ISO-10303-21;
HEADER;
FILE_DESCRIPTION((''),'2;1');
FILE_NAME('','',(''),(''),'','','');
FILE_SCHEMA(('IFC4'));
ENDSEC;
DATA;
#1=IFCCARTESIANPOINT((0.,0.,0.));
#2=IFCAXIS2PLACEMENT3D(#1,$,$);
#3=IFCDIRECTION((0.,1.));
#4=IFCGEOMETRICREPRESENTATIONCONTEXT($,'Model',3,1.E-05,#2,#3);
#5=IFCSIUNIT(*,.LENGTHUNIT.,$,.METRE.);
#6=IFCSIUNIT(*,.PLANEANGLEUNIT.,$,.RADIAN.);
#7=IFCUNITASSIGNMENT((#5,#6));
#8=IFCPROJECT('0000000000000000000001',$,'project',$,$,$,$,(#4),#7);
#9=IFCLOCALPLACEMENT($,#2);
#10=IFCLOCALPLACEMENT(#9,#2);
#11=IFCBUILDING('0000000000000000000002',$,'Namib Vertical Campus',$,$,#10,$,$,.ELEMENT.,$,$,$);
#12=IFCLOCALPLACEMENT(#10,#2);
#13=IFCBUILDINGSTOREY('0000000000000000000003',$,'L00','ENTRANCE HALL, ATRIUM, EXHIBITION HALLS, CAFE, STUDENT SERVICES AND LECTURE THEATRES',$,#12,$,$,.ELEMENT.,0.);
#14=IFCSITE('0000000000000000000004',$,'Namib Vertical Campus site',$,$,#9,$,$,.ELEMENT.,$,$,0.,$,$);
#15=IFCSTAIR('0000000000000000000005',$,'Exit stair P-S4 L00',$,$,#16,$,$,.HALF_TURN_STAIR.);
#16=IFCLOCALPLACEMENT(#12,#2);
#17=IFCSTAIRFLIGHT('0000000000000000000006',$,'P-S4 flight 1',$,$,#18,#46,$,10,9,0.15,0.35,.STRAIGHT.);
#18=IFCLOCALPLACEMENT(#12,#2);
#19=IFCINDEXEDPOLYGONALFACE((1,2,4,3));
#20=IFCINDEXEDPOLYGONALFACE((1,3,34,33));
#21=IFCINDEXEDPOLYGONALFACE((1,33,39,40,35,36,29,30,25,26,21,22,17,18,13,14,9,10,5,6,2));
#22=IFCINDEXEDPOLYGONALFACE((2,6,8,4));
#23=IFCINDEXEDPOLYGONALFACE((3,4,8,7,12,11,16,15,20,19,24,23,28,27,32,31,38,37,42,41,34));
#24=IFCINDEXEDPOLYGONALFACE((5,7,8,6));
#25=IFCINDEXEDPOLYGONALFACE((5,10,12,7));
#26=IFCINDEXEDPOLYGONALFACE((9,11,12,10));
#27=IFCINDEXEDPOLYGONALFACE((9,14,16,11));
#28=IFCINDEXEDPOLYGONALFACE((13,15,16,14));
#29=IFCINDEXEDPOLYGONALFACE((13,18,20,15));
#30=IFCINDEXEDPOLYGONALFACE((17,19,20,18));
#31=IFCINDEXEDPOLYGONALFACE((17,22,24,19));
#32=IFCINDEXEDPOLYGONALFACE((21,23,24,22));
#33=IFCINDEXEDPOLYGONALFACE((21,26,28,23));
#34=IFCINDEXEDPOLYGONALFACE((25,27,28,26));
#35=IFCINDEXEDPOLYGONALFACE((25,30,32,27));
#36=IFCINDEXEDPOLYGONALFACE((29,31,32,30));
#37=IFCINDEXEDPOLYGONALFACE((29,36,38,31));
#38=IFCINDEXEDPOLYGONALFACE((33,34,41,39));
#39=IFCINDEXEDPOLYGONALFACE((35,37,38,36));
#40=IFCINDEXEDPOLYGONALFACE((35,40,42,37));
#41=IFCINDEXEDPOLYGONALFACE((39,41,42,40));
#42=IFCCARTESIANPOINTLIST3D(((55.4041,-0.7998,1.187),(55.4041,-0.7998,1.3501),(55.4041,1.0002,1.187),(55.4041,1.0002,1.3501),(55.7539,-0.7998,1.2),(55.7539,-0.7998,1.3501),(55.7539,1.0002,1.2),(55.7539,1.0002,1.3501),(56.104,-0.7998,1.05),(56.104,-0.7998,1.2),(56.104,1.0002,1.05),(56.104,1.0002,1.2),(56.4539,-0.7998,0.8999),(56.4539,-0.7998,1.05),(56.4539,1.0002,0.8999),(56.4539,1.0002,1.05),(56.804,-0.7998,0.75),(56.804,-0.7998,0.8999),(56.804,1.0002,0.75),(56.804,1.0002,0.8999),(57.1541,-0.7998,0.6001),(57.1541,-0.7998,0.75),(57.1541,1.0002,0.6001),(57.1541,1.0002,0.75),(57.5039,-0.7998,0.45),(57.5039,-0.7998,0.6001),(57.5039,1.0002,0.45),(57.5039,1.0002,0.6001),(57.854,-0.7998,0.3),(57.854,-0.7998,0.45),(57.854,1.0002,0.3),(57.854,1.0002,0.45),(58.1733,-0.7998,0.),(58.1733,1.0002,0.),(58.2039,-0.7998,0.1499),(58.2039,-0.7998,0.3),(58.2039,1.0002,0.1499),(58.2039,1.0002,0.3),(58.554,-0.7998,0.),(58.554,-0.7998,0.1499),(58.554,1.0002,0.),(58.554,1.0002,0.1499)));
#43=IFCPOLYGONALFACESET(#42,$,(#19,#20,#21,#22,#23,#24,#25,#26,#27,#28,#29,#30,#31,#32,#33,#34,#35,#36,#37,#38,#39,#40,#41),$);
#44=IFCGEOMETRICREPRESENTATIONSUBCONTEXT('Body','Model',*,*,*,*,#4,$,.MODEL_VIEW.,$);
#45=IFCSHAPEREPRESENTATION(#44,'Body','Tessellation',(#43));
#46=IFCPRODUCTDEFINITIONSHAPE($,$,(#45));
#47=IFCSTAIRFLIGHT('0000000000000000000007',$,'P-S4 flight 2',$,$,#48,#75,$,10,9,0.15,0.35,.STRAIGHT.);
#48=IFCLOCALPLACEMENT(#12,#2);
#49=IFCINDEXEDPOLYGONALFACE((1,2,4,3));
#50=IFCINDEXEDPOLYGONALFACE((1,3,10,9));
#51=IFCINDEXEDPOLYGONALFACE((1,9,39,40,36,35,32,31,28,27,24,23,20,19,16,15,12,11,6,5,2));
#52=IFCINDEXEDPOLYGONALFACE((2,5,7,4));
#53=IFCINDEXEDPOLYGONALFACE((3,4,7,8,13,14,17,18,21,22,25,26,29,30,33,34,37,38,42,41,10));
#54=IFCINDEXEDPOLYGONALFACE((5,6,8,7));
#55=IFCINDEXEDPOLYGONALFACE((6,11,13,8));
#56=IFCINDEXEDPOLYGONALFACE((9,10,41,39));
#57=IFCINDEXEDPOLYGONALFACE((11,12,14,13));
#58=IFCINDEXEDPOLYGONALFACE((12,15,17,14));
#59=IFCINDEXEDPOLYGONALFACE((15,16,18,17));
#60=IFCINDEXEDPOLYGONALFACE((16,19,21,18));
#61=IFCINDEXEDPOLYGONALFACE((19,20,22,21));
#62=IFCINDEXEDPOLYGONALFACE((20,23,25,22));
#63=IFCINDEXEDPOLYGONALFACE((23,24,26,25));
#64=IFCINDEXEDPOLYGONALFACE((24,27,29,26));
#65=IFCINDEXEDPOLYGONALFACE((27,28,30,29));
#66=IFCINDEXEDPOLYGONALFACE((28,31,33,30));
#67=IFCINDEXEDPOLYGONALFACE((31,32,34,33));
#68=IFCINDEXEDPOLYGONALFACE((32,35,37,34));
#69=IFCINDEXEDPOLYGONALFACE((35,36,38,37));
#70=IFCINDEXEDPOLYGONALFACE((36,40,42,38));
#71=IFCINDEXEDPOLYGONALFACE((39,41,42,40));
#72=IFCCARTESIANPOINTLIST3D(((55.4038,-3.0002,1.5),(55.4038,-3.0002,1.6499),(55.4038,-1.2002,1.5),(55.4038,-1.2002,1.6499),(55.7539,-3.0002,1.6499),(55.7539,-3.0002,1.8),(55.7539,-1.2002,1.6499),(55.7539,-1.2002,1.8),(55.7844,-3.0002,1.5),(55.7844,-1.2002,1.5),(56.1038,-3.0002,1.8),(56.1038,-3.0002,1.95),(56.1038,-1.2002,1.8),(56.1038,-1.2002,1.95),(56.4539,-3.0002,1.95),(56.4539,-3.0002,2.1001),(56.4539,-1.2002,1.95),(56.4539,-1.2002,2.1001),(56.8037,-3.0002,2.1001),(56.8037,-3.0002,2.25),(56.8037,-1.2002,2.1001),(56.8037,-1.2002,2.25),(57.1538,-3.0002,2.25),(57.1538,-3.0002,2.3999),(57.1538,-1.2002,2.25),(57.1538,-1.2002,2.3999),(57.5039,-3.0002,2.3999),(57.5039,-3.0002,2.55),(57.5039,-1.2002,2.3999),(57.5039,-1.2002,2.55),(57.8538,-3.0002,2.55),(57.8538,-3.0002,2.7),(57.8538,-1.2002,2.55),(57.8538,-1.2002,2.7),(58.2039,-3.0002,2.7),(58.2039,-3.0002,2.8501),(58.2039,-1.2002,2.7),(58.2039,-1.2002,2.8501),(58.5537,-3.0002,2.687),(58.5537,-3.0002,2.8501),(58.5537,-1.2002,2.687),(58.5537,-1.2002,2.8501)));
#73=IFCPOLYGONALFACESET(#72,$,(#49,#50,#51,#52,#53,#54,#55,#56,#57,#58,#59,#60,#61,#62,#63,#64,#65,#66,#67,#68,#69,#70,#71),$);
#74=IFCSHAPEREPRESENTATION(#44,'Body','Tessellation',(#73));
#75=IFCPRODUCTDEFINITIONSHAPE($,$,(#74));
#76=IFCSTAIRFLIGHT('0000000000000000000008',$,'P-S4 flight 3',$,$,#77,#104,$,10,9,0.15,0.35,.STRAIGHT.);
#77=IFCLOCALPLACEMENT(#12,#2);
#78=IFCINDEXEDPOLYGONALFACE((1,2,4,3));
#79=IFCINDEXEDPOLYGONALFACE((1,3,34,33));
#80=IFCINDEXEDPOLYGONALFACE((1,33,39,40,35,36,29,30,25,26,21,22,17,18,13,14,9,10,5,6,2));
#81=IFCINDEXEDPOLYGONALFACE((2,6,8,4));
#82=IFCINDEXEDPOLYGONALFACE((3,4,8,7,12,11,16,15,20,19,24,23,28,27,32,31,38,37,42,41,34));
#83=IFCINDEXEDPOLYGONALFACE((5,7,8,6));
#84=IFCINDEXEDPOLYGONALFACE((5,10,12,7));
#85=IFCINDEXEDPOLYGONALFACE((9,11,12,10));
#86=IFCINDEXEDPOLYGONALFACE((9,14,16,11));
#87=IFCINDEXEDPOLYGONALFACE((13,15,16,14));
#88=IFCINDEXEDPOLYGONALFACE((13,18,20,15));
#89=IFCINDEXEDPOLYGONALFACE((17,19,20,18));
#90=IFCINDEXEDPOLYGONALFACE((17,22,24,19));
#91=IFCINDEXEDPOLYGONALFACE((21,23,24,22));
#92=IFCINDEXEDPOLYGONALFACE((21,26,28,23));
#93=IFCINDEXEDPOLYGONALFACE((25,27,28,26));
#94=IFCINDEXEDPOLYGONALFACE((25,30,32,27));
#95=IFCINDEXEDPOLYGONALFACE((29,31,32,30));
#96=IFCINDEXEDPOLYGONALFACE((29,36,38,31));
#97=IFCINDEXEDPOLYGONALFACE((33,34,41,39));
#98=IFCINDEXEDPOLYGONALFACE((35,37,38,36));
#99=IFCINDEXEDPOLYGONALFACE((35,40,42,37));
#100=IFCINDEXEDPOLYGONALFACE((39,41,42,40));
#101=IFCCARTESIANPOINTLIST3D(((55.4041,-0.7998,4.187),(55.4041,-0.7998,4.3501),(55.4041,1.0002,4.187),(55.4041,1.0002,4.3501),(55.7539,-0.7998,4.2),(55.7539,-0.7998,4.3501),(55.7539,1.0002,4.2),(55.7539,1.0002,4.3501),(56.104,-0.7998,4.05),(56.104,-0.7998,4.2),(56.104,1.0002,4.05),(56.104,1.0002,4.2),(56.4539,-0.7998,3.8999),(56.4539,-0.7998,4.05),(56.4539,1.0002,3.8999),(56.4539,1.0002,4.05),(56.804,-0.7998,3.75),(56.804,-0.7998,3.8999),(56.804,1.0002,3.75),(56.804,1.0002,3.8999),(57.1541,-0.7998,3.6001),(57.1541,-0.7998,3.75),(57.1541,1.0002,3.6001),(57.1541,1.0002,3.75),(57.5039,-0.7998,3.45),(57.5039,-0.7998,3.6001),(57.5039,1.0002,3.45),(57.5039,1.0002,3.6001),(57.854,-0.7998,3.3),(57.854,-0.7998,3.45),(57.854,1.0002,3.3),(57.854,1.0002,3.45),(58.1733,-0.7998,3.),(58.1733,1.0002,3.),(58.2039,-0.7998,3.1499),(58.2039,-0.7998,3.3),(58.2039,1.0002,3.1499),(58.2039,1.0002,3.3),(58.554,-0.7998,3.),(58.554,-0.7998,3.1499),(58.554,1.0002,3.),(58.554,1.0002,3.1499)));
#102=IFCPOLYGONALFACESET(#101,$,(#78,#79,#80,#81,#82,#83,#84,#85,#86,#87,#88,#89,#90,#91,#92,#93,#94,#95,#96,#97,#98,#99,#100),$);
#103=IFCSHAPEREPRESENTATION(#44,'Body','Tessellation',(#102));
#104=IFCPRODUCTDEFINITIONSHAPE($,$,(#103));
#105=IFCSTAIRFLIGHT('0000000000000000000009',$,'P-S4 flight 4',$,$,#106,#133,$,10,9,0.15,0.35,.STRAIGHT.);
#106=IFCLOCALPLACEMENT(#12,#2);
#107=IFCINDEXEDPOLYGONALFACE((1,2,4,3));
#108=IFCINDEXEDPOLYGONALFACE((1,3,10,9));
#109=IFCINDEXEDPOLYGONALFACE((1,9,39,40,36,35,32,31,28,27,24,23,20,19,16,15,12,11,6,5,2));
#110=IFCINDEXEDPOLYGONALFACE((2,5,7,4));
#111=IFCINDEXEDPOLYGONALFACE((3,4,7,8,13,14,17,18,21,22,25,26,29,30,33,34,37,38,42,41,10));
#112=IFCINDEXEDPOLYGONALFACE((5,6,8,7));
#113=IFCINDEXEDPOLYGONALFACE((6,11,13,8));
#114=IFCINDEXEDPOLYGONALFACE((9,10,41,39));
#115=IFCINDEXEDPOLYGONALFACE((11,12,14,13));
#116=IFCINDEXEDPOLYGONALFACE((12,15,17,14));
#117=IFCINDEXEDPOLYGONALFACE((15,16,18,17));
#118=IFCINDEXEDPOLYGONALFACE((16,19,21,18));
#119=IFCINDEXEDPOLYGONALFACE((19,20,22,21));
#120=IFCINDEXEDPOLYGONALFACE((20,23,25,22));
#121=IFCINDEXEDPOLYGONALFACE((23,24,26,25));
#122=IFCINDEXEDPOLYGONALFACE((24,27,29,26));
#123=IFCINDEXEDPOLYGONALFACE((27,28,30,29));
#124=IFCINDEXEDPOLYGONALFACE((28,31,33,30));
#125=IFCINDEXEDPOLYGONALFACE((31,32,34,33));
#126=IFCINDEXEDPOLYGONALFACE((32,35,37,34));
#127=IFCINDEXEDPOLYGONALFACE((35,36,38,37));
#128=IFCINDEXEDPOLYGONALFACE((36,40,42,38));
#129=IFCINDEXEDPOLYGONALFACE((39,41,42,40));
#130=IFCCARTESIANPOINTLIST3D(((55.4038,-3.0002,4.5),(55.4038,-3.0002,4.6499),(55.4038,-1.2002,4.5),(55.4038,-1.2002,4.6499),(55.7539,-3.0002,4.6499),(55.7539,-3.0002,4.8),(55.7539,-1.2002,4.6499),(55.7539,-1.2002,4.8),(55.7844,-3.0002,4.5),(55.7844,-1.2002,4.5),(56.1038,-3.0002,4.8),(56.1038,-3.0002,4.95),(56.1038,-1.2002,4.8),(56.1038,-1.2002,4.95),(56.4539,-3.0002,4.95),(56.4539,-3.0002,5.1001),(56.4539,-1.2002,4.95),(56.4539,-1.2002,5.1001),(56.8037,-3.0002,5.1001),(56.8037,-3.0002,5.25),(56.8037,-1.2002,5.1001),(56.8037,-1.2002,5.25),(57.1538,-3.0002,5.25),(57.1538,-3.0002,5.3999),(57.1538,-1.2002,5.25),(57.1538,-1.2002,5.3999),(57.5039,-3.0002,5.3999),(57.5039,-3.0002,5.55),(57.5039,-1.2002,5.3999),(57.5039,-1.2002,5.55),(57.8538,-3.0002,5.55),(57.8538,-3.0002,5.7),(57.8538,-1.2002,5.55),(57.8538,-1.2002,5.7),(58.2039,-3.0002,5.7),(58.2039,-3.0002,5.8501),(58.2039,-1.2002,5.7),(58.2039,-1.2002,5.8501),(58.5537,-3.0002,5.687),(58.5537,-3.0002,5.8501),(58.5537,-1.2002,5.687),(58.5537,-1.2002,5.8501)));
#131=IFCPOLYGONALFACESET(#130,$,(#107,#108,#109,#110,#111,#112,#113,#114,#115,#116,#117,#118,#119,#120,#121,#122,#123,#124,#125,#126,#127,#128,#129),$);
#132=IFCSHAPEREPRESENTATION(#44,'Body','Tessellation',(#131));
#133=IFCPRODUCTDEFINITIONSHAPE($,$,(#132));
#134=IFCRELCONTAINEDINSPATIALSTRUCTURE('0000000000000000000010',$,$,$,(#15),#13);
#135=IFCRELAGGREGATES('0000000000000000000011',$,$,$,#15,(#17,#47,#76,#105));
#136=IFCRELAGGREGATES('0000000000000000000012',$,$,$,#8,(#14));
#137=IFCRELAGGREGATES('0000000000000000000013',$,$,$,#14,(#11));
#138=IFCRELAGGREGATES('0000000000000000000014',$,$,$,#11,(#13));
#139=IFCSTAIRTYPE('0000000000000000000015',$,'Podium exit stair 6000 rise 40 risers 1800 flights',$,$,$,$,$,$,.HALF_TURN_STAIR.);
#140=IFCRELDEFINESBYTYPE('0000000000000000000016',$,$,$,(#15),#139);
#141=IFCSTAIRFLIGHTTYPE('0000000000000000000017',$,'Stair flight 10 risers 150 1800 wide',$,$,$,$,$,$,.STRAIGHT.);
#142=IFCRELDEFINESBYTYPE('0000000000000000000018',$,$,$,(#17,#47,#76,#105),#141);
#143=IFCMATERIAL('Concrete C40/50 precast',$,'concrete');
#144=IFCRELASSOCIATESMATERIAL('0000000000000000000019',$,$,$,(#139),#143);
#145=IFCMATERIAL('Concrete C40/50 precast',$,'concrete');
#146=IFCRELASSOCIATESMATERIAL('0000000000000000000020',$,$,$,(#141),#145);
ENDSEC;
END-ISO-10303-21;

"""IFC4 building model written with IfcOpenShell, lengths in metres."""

from ifc_helpers import new_model, si_unit, direction, frame, origin, place, context, subcontext, project, spatial, polyline, outline, extrude, material, type_object, element, aggregate, save


model = new_model("IFC4")

# Units and contexts
model_context = context("Model", 3, precision=1e-05, world=origin(), true_north=direction((0.0, 1.0)))
body_context = subcontext(model_context, "Body", "Model", "MODEL_VIEW")
ifc_project = project(units=[si_unit("LENGTHUNIT", "METRE"), si_unit("PLANEANGLEUNIT", "RADIAN")], contexts=[model_context])

# Site, building, storey
site_placement = place(None, origin())
site = spatial("IfcSite", under=ifc_project, at=site_placement, Name="Namib Vertical Campus site", CompositionType="ELEMENT", RefElevation=0.0)
building_placement = place(site_placement, origin())
building = spatial("IfcBuilding", under=site, at=building_placement, Name="Namib Vertical Campus", CompositionType="ELEMENT")
storey_placement = place(building_placement, origin())
storey = spatial("IfcBuildingStorey", under=building, at=storey_placement, Name="L00", Description="ENTRANCE HALL, ATRIUM, EXHIBITION HALLS, CAFE, STUDENT SERVICES AND LECTURE THEATRES", CompositionType="ELEMENT", Elevation=0.0)

# Stair, stair flights
ifc_material_1 = material(Name="Concrete C40/50 precast", Category="concrete")
stair_type = type_object("IfcStairType", Name="Podium exit stair 6000 rise 40 risers 1800 flights", PredefinedType="HALF_TURN_STAIR", material=ifc_material_1)
stair_placement = place(storey_placement, origin())
stair = element("IfcStair", 1, at=stair_placement, inside=storey, type_object=stair_type, Name="Exit stair P-S4 L00", PredefinedType="HALF_TURN_STAIR")
ifc_material_2 = material(Name="Concrete C40/50 precast", Category="concrete")
stair_flight_type = type_object("IfcStairFlightType", Name="Stair flight 10 risers 150 1800 wide", PredefinedType="STRAIGHT", material=ifc_material_2)
stair_flight_1_placement = place(storey_placement, frame((58.554, 0.1001, 0.0), z_axis=(0.0, 0.0, 1.0), x_axis=(-1.0, 0.0, 0.0)))
stair_flight_1 = element("IfcStairFlight", 2, at=stair_flight_1_placement, type_object=stair_flight_type, Name="P-S4 flight 1", NumberOfRisers=10, NumberOfTreads=9, PredefinedType="STRAIGHT", RiserHeight=0.15, TreadLength=0.35, context=body_context, shape_type="SweptSolid", body=[
    extrude(outline(polyline([(0.0, 0.0), (0.0, 0.1499), (0.3501, 0.1499), (0.3501, 0.3), (0.7, 0.3), (0.7, 0.45), (1.05, 0.45), (1.05, 0.6001), (1.3999, 0.6001), (1.3999, 0.75), (1.75, 0.75), (1.75, 0.8999), (2.1001, 0.8999), (2.1001, 1.05), (2.45, 1.05), (2.45, 1.2), (2.8, 1.2), (2.8, 1.3501), (3.1499, 1.3501), (3.1499, 1.5), (3.1499, 1.187), (0.3806, 0.0), (0.0, 0.0)])), frame((0.0, 0.8999, 0.0), z_axis=(0.0, -1.0, 0.0), x_axis=(1.0, 0.0, 0.0)), (0.0, 0.0, 1.0), 1.8),
])
stair_flight_2_placement = place(storey_placement, frame((55.4038, -2.1001, 1.5), z_axis=(0.0, 0.0, 1.0), x_axis=(1.0, 0.0, 0.0)))
stair_flight_2 = element("IfcStairFlight", 3, at=stair_flight_2_placement, type_object=stair_flight_type, Name="P-S4 flight 2", NumberOfRisers=10, NumberOfTreads=9, PredefinedType="STRAIGHT", RiserHeight=0.15, TreadLength=0.35, context=body_context, shape_type="SweptSolid", body=[
    extrude(outline(polyline([(0.0, 0.0), (0.0, 0.1499), (0.3501, 0.1499), (0.3501, 0.3), (0.7, 0.3), (0.7, 0.45), (1.05, 0.45), (1.05, 0.6001), (1.3999, 0.6001), (1.3999, 0.75), (1.75, 0.75), (1.75, 0.8999), (2.1001, 0.8999), (2.1001, 1.05), (2.45, 1.05), (2.45, 1.2), (2.8, 1.2), (2.8, 1.3501), (3.1499, 1.3501), (3.1499, 1.5), (3.1499, 1.187), (0.3806, 0.0), (0.0, 0.0)])), frame((0.0, 0.8999, 0.0), z_axis=(0.0, -1.0, 0.0), x_axis=(1.0, 0.0, 0.0)), (0.0, 0.0, 1.0), 1.8),
])
stair_flight_3_placement = place(storey_placement, frame((58.554, 0.1001, 3.0), z_axis=(0.0, 0.0, 1.0), x_axis=(-1.0, 0.0, 0.0)))
stair_flight_3 = element("IfcStairFlight", 4, at=stair_flight_3_placement, type_object=stair_flight_type, Name="P-S4 flight 3", NumberOfRisers=10, NumberOfTreads=9, PredefinedType="STRAIGHT", RiserHeight=0.15, TreadLength=0.35, context=body_context, shape_type="SweptSolid", body=[
    extrude(outline(polyline([(0.0, 0.0), (0.0, 0.1499), (0.3501, 0.1499), (0.3501, 0.3), (0.7, 0.3), (0.7, 0.45), (1.05, 0.45), (1.05, 0.6001), (1.3999, 0.6001), (1.3999, 0.75), (1.75, 0.75), (1.75, 0.8999), (2.1001, 0.8999), (2.1001, 1.05), (2.45, 1.05), (2.45, 1.2), (2.8, 1.2), (2.8, 1.3501), (3.1499, 1.3501), (3.1499, 1.5), (3.1499, 1.187), (0.3806, 0.0), (0.0, 0.0)])), frame((0.0, 0.8999, 0.0), z_axis=(0.0, -1.0, 0.0), x_axis=(1.0, 0.0, 0.0)), (0.0, 0.0, 1.0), 1.8),
])
stair_flight_4_placement = place(storey_placement, frame((55.4038, -2.1001, 4.5), z_axis=(0.0, 0.0, 1.0), x_axis=(1.0, 0.0, 0.0)))
stair_flight_4 = element("IfcStairFlight", 5, at=stair_flight_4_placement, type_object=stair_flight_type, Name="P-S4 flight 4", NumberOfRisers=10, NumberOfTreads=9, PredefinedType="STRAIGHT", RiserHeight=0.15, TreadLength=0.35, context=body_context, shape_type="SweptSolid", body=[
    extrude(outline(polyline([(0.0, 0.0), (0.0, 0.1499), (0.3501, 0.1499), (0.3501, 0.3), (0.7, 0.3), (0.7, 0.45), (1.05, 0.45), (1.05, 0.6001), (1.3999, 0.6001), (1.3999, 0.75), (1.75, 0.75), (1.75, 0.8999), (2.1001, 0.8999), (2.1001, 1.05), (2.45, 1.05), (2.45, 1.2), (2.8, 1.2), (2.8, 1.3501), (3.1499, 1.3501), (3.1499, 1.5), (3.1499, 1.187), (0.3806, 0.0), (0.0, 0.0)])), frame((0.0, 0.8999, 0.0), z_axis=(0.0, -1.0, 0.0), x_axis=(1.0, 0.0, 0.0)), (0.0, 0.0, 1.0), 1.8),
])
aggregate(stair, [stair_flight_1, stair_flight_2, stair_flight_3, stair_flight_4])

save(model, "model.ifc")
